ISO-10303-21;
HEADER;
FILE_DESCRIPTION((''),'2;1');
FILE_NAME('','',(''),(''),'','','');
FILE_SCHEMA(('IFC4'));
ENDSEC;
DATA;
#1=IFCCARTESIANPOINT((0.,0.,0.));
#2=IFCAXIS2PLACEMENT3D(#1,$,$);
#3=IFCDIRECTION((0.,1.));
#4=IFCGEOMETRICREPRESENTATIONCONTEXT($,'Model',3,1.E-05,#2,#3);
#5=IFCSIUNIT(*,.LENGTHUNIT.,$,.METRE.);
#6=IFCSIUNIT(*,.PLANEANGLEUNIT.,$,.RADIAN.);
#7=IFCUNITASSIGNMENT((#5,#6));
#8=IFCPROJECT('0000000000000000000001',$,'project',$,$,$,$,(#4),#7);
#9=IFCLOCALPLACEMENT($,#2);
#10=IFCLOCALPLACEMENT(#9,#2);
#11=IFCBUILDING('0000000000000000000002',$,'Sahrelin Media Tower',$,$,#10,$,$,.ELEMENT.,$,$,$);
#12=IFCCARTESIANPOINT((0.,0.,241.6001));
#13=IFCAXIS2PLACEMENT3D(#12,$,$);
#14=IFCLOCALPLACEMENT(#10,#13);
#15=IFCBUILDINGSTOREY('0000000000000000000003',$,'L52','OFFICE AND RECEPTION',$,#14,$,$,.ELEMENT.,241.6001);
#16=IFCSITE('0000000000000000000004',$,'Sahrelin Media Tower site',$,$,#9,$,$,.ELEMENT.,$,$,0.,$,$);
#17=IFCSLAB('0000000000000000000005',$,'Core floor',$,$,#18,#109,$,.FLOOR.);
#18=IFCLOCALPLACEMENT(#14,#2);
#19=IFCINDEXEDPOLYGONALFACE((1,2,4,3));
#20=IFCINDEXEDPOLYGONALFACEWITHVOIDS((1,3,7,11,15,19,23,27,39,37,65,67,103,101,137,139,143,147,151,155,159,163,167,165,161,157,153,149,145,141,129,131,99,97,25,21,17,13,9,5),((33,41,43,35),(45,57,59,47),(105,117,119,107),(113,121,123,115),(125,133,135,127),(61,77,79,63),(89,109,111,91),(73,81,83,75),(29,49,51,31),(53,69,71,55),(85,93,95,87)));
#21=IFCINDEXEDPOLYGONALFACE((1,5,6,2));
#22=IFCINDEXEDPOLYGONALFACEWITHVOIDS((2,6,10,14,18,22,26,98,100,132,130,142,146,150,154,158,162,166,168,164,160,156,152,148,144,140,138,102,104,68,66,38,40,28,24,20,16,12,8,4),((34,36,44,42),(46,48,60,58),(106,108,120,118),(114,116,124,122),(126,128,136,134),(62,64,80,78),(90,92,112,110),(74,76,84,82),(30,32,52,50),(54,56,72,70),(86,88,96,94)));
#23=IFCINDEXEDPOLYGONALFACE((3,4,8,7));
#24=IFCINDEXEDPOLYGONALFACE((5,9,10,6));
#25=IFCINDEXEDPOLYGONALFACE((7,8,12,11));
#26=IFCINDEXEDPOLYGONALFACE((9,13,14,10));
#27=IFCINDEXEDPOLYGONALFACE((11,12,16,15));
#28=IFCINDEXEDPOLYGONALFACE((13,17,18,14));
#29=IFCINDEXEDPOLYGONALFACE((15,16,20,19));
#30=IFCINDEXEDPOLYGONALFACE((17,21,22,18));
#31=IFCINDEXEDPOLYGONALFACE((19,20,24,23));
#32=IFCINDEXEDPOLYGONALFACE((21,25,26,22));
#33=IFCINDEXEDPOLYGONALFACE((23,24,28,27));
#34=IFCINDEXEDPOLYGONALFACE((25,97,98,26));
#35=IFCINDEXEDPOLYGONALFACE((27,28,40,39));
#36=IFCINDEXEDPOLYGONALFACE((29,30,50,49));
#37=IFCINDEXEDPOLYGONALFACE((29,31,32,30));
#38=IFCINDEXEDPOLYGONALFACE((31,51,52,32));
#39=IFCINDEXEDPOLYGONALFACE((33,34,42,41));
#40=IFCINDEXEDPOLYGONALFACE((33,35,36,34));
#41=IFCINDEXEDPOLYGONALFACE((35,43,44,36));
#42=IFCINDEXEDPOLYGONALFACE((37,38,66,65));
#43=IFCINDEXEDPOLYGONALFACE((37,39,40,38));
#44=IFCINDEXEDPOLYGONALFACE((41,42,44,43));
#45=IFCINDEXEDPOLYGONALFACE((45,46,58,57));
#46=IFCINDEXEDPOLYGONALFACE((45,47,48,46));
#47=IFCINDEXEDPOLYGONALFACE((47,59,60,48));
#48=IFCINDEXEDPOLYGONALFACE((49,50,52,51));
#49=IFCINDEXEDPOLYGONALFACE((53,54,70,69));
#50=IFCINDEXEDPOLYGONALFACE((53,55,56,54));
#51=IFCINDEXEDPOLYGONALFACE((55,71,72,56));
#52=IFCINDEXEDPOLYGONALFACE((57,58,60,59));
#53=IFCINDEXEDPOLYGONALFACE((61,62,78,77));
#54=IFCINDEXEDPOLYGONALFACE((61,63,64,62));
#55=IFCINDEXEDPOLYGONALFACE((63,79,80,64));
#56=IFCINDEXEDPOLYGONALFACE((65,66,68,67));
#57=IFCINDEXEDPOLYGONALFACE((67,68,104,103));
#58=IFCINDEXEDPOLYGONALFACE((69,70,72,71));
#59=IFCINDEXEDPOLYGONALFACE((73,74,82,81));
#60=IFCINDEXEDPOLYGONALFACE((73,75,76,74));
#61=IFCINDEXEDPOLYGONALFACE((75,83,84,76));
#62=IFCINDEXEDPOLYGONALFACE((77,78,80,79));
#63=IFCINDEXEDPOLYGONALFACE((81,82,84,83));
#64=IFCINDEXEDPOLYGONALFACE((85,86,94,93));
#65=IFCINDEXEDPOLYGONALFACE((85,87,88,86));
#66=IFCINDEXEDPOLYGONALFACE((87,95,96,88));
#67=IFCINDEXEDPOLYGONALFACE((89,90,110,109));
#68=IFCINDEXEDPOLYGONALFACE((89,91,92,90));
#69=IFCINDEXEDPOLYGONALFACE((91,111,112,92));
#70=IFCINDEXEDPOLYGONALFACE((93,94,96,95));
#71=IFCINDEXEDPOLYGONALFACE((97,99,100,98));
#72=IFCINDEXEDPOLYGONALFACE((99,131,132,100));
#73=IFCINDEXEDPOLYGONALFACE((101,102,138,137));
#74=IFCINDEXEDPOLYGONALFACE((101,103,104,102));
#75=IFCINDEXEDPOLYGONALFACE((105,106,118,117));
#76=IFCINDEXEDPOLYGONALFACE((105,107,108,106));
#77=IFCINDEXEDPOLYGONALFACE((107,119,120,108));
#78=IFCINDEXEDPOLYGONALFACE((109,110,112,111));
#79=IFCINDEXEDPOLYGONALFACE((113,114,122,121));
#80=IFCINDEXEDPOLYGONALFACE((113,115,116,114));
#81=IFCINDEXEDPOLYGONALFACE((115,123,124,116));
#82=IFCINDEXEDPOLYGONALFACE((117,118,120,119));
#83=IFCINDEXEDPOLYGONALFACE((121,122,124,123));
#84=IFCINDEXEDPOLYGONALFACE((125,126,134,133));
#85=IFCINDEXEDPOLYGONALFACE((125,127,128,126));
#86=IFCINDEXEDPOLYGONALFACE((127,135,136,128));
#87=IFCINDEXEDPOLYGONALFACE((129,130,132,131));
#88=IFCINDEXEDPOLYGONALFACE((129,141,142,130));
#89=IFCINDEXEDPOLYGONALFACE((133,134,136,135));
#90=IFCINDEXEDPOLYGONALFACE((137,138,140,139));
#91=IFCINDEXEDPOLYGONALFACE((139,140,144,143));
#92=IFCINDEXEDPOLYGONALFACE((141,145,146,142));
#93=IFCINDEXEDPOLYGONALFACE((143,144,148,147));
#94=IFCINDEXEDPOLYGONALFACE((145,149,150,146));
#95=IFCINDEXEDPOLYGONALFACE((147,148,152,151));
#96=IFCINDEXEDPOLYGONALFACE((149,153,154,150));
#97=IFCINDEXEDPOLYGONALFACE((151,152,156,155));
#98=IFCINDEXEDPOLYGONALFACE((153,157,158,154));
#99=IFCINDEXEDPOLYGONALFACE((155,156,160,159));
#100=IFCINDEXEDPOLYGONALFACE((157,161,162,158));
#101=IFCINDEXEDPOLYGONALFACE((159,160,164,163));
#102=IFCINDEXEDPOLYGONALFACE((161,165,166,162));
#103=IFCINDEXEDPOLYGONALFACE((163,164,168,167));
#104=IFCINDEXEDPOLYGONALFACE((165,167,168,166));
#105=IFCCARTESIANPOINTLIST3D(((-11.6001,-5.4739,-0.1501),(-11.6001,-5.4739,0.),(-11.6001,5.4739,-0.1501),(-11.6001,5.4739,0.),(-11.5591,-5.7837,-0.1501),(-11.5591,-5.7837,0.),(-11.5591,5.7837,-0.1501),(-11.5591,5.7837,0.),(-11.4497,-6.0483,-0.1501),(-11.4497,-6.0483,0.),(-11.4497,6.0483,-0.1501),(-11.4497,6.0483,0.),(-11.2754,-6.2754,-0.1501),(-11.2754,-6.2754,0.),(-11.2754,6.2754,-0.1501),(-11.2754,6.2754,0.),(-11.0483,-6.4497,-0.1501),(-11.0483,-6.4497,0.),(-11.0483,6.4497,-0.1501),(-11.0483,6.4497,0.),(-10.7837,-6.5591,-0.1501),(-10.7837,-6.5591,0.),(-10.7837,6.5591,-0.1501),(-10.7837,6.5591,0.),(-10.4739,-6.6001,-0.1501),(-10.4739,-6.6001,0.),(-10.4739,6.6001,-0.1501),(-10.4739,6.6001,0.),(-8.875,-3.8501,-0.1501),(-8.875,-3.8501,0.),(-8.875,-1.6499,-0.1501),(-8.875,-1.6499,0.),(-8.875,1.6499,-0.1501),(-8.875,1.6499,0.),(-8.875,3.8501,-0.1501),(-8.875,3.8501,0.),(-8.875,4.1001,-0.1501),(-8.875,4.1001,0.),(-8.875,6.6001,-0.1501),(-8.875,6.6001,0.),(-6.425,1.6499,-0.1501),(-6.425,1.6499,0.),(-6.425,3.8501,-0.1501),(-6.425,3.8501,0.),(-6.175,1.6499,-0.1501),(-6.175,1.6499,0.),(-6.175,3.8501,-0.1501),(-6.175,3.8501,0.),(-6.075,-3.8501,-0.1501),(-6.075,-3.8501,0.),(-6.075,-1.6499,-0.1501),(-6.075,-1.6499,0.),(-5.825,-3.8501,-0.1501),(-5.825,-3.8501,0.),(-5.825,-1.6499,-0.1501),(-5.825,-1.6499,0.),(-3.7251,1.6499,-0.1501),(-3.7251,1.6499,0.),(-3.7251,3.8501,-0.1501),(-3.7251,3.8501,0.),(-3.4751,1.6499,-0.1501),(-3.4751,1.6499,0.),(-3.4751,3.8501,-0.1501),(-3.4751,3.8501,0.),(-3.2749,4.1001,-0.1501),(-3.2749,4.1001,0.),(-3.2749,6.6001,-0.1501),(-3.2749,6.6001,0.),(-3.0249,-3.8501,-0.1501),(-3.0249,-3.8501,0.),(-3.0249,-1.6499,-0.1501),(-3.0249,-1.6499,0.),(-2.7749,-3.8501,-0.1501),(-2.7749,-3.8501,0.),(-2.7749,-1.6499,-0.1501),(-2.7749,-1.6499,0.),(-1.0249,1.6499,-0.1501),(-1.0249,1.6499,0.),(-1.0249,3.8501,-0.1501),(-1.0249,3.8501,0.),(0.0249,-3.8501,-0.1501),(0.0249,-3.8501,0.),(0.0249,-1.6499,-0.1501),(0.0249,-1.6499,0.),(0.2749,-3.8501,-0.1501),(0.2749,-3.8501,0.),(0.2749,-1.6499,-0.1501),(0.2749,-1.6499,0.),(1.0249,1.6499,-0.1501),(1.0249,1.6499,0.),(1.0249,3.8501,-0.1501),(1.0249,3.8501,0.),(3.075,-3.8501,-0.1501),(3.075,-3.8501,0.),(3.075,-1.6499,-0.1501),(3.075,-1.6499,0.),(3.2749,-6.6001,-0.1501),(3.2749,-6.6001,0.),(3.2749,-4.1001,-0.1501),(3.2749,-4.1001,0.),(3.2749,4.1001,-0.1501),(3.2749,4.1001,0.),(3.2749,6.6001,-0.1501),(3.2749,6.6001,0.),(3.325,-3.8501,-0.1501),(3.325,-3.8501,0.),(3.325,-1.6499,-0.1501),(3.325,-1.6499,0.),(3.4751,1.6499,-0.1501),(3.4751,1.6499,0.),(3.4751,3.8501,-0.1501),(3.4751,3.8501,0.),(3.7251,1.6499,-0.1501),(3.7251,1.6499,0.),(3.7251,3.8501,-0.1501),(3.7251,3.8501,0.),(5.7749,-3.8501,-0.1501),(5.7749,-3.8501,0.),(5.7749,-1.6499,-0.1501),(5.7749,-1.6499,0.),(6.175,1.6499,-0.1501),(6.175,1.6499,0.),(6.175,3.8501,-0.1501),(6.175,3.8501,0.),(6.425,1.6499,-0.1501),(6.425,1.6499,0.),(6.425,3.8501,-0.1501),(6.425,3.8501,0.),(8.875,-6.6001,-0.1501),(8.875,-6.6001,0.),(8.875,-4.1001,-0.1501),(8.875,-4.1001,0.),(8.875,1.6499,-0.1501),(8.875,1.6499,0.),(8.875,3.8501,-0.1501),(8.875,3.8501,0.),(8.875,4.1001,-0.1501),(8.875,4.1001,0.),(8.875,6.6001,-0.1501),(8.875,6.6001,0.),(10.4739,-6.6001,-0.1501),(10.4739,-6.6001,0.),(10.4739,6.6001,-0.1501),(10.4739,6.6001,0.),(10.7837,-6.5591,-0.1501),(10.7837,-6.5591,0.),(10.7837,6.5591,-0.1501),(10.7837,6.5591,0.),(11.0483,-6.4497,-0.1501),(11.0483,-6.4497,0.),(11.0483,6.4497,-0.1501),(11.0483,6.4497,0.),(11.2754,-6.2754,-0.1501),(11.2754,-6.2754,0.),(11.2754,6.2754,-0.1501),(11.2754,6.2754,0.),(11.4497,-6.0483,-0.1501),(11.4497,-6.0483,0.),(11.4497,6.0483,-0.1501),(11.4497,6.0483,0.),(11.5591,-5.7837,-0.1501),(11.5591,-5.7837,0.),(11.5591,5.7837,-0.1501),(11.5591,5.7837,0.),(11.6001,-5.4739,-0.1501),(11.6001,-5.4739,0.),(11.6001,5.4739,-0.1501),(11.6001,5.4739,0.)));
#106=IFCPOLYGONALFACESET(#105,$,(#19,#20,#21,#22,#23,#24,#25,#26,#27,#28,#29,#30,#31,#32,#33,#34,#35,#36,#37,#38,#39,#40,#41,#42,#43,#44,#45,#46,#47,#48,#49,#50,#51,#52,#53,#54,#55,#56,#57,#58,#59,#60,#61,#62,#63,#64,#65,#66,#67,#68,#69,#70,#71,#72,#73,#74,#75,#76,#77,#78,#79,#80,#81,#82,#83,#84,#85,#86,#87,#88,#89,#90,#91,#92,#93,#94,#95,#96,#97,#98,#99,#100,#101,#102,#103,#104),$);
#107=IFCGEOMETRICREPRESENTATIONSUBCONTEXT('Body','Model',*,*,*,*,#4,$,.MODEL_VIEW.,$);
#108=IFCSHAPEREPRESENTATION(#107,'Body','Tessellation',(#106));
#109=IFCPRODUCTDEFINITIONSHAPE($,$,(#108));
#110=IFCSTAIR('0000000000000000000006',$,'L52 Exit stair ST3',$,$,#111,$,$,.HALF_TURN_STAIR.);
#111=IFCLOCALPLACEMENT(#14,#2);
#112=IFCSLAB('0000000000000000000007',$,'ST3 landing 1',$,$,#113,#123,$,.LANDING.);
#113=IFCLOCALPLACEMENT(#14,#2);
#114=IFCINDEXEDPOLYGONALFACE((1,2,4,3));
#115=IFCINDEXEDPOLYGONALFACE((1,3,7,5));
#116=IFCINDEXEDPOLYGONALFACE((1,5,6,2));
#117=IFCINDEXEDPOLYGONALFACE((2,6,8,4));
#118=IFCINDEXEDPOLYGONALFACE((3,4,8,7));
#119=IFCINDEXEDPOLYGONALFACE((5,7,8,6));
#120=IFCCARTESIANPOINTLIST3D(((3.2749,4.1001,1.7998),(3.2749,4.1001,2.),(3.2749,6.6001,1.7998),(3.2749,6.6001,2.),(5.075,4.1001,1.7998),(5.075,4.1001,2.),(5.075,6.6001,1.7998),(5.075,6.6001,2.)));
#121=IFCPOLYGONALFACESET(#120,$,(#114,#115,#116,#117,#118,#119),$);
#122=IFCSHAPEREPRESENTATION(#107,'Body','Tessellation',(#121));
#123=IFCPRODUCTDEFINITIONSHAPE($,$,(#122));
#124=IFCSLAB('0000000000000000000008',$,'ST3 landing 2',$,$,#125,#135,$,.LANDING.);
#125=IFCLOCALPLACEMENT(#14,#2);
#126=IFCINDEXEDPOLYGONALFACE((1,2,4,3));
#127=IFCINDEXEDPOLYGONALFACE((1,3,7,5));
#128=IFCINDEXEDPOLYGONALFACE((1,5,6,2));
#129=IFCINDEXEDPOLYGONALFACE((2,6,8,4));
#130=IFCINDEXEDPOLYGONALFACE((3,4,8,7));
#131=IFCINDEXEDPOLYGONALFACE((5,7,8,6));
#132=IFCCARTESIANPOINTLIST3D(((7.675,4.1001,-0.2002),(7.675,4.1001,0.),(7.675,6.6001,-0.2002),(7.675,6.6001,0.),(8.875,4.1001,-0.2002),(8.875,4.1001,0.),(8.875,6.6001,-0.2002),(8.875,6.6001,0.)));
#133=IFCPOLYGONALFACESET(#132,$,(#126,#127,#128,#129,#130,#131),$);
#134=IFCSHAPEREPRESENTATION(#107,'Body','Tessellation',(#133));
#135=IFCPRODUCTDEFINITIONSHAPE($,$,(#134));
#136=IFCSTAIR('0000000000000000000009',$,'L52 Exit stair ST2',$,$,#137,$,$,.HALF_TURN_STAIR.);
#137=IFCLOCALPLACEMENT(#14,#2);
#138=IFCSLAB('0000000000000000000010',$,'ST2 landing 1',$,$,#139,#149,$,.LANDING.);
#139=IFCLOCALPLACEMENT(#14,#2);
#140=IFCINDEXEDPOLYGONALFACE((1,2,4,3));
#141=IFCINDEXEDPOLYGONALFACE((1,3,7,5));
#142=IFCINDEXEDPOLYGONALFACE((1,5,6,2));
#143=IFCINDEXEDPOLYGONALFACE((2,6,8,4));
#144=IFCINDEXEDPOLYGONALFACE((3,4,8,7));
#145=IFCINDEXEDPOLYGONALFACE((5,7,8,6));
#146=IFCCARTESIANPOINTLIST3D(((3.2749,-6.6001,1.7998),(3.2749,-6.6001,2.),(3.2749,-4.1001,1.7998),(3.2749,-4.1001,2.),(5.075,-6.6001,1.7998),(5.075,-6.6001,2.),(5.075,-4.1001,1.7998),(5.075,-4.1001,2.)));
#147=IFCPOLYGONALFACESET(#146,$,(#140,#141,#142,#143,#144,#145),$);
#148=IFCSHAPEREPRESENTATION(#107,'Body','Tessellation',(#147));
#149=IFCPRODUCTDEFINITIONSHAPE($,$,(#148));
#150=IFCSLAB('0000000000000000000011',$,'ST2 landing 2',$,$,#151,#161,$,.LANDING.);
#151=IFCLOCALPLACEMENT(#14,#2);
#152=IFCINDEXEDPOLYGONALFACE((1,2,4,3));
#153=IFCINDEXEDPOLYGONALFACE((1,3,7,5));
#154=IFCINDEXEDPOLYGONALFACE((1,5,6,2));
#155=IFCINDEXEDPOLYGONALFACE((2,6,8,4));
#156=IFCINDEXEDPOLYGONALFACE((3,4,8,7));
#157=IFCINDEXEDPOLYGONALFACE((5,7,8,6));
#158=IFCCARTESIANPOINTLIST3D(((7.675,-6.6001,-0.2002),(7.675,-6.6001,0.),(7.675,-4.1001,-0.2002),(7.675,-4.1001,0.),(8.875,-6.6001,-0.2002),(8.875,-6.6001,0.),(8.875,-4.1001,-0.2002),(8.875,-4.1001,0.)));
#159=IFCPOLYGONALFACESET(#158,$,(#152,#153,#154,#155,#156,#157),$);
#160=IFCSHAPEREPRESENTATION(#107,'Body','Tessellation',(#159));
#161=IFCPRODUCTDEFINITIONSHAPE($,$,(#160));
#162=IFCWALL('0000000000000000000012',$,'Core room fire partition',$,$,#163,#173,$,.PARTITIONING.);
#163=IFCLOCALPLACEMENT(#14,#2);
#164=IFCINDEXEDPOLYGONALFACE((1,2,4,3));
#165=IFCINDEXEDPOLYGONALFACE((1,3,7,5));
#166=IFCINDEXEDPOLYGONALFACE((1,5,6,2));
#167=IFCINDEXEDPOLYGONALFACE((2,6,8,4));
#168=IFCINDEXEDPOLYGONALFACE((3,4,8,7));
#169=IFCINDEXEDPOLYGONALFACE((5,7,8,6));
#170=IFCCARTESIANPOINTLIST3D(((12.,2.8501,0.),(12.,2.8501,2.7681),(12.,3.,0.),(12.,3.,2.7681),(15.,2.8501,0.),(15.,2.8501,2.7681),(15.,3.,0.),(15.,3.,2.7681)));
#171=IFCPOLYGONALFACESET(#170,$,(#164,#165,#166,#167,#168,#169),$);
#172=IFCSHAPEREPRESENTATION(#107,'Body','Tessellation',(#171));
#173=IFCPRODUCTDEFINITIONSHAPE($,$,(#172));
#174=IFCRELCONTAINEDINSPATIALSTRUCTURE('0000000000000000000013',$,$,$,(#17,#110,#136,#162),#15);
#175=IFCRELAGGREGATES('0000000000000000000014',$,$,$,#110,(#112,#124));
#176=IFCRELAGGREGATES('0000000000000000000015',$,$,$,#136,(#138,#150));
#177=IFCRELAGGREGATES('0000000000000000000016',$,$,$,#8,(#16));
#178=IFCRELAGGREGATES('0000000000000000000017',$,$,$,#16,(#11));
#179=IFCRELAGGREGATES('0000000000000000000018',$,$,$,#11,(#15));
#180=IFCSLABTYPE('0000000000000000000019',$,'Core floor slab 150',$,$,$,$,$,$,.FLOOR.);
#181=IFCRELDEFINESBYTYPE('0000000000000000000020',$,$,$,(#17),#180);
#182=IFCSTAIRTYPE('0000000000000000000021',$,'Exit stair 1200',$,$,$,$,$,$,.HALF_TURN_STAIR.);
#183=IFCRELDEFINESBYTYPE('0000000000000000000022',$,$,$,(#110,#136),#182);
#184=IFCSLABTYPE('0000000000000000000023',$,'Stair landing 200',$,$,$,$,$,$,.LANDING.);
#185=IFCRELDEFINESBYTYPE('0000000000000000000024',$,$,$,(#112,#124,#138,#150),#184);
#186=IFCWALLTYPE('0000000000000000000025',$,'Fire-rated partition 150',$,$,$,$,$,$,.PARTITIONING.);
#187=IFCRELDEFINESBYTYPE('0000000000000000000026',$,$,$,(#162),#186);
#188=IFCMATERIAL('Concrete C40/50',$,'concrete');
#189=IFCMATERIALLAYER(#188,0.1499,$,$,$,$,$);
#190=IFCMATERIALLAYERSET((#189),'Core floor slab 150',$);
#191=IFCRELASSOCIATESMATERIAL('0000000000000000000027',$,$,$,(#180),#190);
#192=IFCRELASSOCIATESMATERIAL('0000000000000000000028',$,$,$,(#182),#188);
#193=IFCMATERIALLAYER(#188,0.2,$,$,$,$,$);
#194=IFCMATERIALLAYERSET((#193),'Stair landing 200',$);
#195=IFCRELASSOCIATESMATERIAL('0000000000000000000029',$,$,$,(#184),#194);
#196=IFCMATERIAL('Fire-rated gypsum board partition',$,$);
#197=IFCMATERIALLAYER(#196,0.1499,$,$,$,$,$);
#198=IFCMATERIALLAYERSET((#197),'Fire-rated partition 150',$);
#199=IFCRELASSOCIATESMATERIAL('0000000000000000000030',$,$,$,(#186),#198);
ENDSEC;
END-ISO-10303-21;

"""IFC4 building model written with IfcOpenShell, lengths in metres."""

from ifc_helpers import new_model, si_unit, direction, frame, frame_2d, origin, place, context, subcontext, project, spatial, polyline, rectangle, outline, extrude, material, layer, layer_set, type_object, element, aggregate, save


model = new_model("IFC4")

# Units and contexts
model_context = context("Model", 3, precision=1e-05, world=origin(), true_north=direction((0.0, 1.0)))
body_context = subcontext(model_context, "Body", "Model", "MODEL_VIEW")
ifc_project = project(units=[si_unit("LENGTHUNIT", "METRE"), si_unit("PLANEANGLEUNIT", "RADIAN")], contexts=[model_context])

# Site, building, storey
site_placement = place(None, origin())
site = spatial("IfcSite", under=ifc_project, at=site_placement, Name="Sahrelin Media Tower site", CompositionType="ELEMENT", RefElevation=0.0)
building_placement = place(site_placement, origin())
building = spatial("IfcBuilding", under=site, at=building_placement, Name="Sahrelin Media Tower", CompositionType="ELEMENT")
storey_placement = place(building_placement, frame((0.0, 0.0, 241.6001)))
storey = spatial("IfcBuildingStorey", under=building, at=storey_placement, Name="L52", Description="OFFICE AND RECEPTION", CompositionType="ELEMENT", Elevation=241.6001)

# Slab
ifc_material_1 = material(Name="Concrete C40/50", Category="concrete")
ifc_layer_1 = layer(ifc_material_1, 0.1499)
ifc_layer_set_1 = layer_set([ifc_layer_1], Name="Core floor slab 150")
slab_type_1 = type_object("IfcSlabType", Name="Core floor slab 150", PredefinedType="FLOOR", material=ifc_layer_set_1)
slab_1_placement = place(storey_placement, frame((0.0, 0.0, -0.1501)))
element("IfcSlab", 1, at=slab_1_placement, inside=storey, type_object=slab_type_1, Name="Core floor", PredefinedType="FLOOR", context=body_context, shape_type="SweptSolid", body=[
    extrude(outline(polyline([(-11.6001, -5.4739), (-11.5591, -5.7837), (-11.4497, -6.0483), (-11.2754, -6.2754), (-11.0483, -6.4497), (-10.7837, -6.5591), (-10.4739, -6.6001), (3.2749, -6.6001), (3.2749, -4.1001), (8.875, -4.1001), (8.875, -6.6001), (10.4739, -6.6001), (10.7837, -6.5591), (11.0483, -6.4497), (11.2754, -6.2754), (11.4497, -6.0483), (11.5591, -5.7837), (11.6001, -5.4739), (11.6001, 5.4739), (11.5591, 5.7837), (11.4497, 6.0483), (11.2754, 6.2754), (11.0483, 6.4497), (10.7837, 6.5591), (10.4739, 6.6001), (8.875, 6.6001), (8.875, 4.1001), (3.2749, 4.1001), (3.2749, 6.6001), (-3.2749, 6.6001), (-3.2749, 4.1001), (-8.875, 4.1001), (-8.875, 6.6001), (-10.4739, 6.6001), (-10.7837, 6.5591), (-11.0483, 6.4497), (-11.2754, 6.2754), (-11.4497, 6.0483), (-11.5591, 5.7837), (-11.6001, 5.4739), (-11.6001, -5.4739)]), holes=[polyline([(-8.875, 3.8501), (-8.875, 1.6499), (-6.425, 1.6499), (-6.425, 3.8501), (-8.875, 3.8501)]), polyline([(-3.7251, 3.8501), (-6.175, 3.8501), (-6.175, 1.6499), (-3.7251, 1.6499), (-3.7251, 3.8501)]), polyline([(-1.0249, 1.6499), (-1.0249, 3.8501), (-3.4751, 3.8501), (-3.4751, 1.6499), (-1.0249, 1.6499)]), polyline([(1.0249, 1.6499), (3.4751, 1.6499), (3.4751, 3.8501), (1.0249, 3.8501), (1.0249, 1.6499)]), polyline([(3.7251, 3.8501), (3.7251, 1.6499), (6.175, 1.6499), (6.175, 3.8501), (3.7251, 3.8501)]), polyline([(8.875, 3.8501), (6.425, 3.8501), (6.425, 1.6499), (8.875, 1.6499), (8.875, 3.8501)]), polyline([(-6.075, -3.8501), (-6.075, -1.6499), (-8.875, -1.6499), (-8.875, -3.8501), (-6.075, -3.8501)]), polyline([(-5.825, -3.8501), (-3.0249, -3.8501), (-3.0249, -1.6499), (-5.825, -1.6499), (-5.825, -3.8501)]), polyline([(-2.7749, -1.6499), (-2.7749, -3.8501), (0.0249, -3.8501), (0.0249, -1.6499), (-2.7749, -1.6499)]), polyline([(3.075, -1.6499), (0.2749, -1.6499), (0.2749, -3.8501), (3.075, -3.8501), (3.075, -1.6499)]), polyline([(5.7749, -3.8501), (5.7749, -1.6499), (3.325, -1.6499), (3.325, -3.8501), (5.7749, -3.8501)])]), origin(), (0.0, 0.0, 1.0), 0.1501),
])

# Stairs, slabs
stair_type = type_object("IfcStairType", Name="Exit stair 1200", PredefinedType="HALF_TURN_STAIR", material=ifc_material_1)
placement_1 = place(storey_placement, origin())
stair_1 = element("IfcStair", 2, at=placement_1, inside=storey, type_object=stair_type, Name="L52 Exit stair ST3", PredefinedType="HALF_TURN_STAIR")
ifc_layer_2 = layer(ifc_material_1, 0.2)
ifc_layer_set_2 = layer_set([ifc_layer_2], Name="Stair landing 200")
slab_type_2 = type_object("IfcSlabType", Name="Stair landing 200", PredefinedType="LANDING", material=ifc_layer_set_2)
placement_2 = place(storey_placement, frame((0.0, 0.0, 1.7998)))
slab_2 = element("IfcSlab", 3, at=placement_2, type_object=slab_type_2, Name="ST3 landing 1", PredefinedType="LANDING", context=body_context, shape_type="SweptSolid", body=[
    extrude(outline(polyline([(5.075, 6.6001), (3.2749, 6.6001), (3.2749, 4.1001), (5.075, 4.1001), (5.075, 6.6001)])), origin(), (0.0, 0.0, 1.0), 0.2002),
])
placement_3 = place(storey_placement, frame((0.0, 0.0, -0.2002)))
slab_3 = element("IfcSlab", 4, at=placement_3, type_object=slab_type_2, Name="ST3 landing 2", PredefinedType="LANDING", context=body_context, shape_type="SweptSolid", body=[
    extrude(outline(polyline([(8.875, 6.6001), (7.675, 6.6001), (7.675, 4.1001), (8.875, 4.1001), (8.875, 6.6001)])), origin(), (0.0, 0.0, 1.0), 0.2002),
])
aggregate(stair_1, [slab_2, slab_3])
stair_2 = element("IfcStair", 5, at=placement_1, inside=storey, type_object=stair_type, Name="L52 Exit stair ST2", PredefinedType="HALF_TURN_STAIR")
slab_4 = element("IfcSlab", 6, at=placement_2, type_object=slab_type_2, Name="ST2 landing 1", PredefinedType="LANDING", context=body_context, shape_type="SweptSolid", body=[
    extrude(outline(polyline([(5.075, -4.1001), (3.2749, -4.1001), (3.2749, -6.6001), (5.075, -6.6001), (5.075, -4.1001)])), origin(), (0.0, 0.0, 1.0), 0.2002),
])
slab_5 = element("IfcSlab", 7, at=placement_3, type_object=slab_type_2, Name="ST2 landing 2", PredefinedType="LANDING", context=body_context, shape_type="SweptSolid", body=[
    extrude(outline(polyline([(8.875, -4.1001), (7.675, -4.1001), (7.675, -6.6001), (8.875, -6.6001), (8.875, -4.1001)])), origin(), (0.0, 0.0, 1.0), 0.2002),
])
aggregate(stair_2, [slab_4, slab_5])

# Wall
ifc_material_2 = material(Name="Fire-rated gypsum board partition")
ifc_layer_3 = layer(ifc_material_2, 0.1499)
ifc_layer_set_3 = layer_set([ifc_layer_3], Name="Fire-rated partition 150")
wall_type_1 = type_object("IfcWallType", Name="Fire-rated partition 150", PredefinedType="PARTITIONING", material=ifc_layer_set_3)
wall_1_placement = place(storey_placement, frame((12.0, 2.925, 0.0), z_axis=(0.0, 0.0, 1.0), x_axis=(1.0, 0.0, 0.0)))
element("IfcWall", 8, at=wall_1_placement, inside=storey, type_object=wall_type_1, Name="Core room fire partition", PredefinedType="PARTITIONING", context=body_context, shape_type="SweptSolid", body=[
    extrude(rectangle(XDim=3.0, YDim=0.1499, at=frame_2d((1.5, 0.0))), origin(), (0.0, 0.0, 1.0), 2.7681),
])

save(model, "model.ifc")
